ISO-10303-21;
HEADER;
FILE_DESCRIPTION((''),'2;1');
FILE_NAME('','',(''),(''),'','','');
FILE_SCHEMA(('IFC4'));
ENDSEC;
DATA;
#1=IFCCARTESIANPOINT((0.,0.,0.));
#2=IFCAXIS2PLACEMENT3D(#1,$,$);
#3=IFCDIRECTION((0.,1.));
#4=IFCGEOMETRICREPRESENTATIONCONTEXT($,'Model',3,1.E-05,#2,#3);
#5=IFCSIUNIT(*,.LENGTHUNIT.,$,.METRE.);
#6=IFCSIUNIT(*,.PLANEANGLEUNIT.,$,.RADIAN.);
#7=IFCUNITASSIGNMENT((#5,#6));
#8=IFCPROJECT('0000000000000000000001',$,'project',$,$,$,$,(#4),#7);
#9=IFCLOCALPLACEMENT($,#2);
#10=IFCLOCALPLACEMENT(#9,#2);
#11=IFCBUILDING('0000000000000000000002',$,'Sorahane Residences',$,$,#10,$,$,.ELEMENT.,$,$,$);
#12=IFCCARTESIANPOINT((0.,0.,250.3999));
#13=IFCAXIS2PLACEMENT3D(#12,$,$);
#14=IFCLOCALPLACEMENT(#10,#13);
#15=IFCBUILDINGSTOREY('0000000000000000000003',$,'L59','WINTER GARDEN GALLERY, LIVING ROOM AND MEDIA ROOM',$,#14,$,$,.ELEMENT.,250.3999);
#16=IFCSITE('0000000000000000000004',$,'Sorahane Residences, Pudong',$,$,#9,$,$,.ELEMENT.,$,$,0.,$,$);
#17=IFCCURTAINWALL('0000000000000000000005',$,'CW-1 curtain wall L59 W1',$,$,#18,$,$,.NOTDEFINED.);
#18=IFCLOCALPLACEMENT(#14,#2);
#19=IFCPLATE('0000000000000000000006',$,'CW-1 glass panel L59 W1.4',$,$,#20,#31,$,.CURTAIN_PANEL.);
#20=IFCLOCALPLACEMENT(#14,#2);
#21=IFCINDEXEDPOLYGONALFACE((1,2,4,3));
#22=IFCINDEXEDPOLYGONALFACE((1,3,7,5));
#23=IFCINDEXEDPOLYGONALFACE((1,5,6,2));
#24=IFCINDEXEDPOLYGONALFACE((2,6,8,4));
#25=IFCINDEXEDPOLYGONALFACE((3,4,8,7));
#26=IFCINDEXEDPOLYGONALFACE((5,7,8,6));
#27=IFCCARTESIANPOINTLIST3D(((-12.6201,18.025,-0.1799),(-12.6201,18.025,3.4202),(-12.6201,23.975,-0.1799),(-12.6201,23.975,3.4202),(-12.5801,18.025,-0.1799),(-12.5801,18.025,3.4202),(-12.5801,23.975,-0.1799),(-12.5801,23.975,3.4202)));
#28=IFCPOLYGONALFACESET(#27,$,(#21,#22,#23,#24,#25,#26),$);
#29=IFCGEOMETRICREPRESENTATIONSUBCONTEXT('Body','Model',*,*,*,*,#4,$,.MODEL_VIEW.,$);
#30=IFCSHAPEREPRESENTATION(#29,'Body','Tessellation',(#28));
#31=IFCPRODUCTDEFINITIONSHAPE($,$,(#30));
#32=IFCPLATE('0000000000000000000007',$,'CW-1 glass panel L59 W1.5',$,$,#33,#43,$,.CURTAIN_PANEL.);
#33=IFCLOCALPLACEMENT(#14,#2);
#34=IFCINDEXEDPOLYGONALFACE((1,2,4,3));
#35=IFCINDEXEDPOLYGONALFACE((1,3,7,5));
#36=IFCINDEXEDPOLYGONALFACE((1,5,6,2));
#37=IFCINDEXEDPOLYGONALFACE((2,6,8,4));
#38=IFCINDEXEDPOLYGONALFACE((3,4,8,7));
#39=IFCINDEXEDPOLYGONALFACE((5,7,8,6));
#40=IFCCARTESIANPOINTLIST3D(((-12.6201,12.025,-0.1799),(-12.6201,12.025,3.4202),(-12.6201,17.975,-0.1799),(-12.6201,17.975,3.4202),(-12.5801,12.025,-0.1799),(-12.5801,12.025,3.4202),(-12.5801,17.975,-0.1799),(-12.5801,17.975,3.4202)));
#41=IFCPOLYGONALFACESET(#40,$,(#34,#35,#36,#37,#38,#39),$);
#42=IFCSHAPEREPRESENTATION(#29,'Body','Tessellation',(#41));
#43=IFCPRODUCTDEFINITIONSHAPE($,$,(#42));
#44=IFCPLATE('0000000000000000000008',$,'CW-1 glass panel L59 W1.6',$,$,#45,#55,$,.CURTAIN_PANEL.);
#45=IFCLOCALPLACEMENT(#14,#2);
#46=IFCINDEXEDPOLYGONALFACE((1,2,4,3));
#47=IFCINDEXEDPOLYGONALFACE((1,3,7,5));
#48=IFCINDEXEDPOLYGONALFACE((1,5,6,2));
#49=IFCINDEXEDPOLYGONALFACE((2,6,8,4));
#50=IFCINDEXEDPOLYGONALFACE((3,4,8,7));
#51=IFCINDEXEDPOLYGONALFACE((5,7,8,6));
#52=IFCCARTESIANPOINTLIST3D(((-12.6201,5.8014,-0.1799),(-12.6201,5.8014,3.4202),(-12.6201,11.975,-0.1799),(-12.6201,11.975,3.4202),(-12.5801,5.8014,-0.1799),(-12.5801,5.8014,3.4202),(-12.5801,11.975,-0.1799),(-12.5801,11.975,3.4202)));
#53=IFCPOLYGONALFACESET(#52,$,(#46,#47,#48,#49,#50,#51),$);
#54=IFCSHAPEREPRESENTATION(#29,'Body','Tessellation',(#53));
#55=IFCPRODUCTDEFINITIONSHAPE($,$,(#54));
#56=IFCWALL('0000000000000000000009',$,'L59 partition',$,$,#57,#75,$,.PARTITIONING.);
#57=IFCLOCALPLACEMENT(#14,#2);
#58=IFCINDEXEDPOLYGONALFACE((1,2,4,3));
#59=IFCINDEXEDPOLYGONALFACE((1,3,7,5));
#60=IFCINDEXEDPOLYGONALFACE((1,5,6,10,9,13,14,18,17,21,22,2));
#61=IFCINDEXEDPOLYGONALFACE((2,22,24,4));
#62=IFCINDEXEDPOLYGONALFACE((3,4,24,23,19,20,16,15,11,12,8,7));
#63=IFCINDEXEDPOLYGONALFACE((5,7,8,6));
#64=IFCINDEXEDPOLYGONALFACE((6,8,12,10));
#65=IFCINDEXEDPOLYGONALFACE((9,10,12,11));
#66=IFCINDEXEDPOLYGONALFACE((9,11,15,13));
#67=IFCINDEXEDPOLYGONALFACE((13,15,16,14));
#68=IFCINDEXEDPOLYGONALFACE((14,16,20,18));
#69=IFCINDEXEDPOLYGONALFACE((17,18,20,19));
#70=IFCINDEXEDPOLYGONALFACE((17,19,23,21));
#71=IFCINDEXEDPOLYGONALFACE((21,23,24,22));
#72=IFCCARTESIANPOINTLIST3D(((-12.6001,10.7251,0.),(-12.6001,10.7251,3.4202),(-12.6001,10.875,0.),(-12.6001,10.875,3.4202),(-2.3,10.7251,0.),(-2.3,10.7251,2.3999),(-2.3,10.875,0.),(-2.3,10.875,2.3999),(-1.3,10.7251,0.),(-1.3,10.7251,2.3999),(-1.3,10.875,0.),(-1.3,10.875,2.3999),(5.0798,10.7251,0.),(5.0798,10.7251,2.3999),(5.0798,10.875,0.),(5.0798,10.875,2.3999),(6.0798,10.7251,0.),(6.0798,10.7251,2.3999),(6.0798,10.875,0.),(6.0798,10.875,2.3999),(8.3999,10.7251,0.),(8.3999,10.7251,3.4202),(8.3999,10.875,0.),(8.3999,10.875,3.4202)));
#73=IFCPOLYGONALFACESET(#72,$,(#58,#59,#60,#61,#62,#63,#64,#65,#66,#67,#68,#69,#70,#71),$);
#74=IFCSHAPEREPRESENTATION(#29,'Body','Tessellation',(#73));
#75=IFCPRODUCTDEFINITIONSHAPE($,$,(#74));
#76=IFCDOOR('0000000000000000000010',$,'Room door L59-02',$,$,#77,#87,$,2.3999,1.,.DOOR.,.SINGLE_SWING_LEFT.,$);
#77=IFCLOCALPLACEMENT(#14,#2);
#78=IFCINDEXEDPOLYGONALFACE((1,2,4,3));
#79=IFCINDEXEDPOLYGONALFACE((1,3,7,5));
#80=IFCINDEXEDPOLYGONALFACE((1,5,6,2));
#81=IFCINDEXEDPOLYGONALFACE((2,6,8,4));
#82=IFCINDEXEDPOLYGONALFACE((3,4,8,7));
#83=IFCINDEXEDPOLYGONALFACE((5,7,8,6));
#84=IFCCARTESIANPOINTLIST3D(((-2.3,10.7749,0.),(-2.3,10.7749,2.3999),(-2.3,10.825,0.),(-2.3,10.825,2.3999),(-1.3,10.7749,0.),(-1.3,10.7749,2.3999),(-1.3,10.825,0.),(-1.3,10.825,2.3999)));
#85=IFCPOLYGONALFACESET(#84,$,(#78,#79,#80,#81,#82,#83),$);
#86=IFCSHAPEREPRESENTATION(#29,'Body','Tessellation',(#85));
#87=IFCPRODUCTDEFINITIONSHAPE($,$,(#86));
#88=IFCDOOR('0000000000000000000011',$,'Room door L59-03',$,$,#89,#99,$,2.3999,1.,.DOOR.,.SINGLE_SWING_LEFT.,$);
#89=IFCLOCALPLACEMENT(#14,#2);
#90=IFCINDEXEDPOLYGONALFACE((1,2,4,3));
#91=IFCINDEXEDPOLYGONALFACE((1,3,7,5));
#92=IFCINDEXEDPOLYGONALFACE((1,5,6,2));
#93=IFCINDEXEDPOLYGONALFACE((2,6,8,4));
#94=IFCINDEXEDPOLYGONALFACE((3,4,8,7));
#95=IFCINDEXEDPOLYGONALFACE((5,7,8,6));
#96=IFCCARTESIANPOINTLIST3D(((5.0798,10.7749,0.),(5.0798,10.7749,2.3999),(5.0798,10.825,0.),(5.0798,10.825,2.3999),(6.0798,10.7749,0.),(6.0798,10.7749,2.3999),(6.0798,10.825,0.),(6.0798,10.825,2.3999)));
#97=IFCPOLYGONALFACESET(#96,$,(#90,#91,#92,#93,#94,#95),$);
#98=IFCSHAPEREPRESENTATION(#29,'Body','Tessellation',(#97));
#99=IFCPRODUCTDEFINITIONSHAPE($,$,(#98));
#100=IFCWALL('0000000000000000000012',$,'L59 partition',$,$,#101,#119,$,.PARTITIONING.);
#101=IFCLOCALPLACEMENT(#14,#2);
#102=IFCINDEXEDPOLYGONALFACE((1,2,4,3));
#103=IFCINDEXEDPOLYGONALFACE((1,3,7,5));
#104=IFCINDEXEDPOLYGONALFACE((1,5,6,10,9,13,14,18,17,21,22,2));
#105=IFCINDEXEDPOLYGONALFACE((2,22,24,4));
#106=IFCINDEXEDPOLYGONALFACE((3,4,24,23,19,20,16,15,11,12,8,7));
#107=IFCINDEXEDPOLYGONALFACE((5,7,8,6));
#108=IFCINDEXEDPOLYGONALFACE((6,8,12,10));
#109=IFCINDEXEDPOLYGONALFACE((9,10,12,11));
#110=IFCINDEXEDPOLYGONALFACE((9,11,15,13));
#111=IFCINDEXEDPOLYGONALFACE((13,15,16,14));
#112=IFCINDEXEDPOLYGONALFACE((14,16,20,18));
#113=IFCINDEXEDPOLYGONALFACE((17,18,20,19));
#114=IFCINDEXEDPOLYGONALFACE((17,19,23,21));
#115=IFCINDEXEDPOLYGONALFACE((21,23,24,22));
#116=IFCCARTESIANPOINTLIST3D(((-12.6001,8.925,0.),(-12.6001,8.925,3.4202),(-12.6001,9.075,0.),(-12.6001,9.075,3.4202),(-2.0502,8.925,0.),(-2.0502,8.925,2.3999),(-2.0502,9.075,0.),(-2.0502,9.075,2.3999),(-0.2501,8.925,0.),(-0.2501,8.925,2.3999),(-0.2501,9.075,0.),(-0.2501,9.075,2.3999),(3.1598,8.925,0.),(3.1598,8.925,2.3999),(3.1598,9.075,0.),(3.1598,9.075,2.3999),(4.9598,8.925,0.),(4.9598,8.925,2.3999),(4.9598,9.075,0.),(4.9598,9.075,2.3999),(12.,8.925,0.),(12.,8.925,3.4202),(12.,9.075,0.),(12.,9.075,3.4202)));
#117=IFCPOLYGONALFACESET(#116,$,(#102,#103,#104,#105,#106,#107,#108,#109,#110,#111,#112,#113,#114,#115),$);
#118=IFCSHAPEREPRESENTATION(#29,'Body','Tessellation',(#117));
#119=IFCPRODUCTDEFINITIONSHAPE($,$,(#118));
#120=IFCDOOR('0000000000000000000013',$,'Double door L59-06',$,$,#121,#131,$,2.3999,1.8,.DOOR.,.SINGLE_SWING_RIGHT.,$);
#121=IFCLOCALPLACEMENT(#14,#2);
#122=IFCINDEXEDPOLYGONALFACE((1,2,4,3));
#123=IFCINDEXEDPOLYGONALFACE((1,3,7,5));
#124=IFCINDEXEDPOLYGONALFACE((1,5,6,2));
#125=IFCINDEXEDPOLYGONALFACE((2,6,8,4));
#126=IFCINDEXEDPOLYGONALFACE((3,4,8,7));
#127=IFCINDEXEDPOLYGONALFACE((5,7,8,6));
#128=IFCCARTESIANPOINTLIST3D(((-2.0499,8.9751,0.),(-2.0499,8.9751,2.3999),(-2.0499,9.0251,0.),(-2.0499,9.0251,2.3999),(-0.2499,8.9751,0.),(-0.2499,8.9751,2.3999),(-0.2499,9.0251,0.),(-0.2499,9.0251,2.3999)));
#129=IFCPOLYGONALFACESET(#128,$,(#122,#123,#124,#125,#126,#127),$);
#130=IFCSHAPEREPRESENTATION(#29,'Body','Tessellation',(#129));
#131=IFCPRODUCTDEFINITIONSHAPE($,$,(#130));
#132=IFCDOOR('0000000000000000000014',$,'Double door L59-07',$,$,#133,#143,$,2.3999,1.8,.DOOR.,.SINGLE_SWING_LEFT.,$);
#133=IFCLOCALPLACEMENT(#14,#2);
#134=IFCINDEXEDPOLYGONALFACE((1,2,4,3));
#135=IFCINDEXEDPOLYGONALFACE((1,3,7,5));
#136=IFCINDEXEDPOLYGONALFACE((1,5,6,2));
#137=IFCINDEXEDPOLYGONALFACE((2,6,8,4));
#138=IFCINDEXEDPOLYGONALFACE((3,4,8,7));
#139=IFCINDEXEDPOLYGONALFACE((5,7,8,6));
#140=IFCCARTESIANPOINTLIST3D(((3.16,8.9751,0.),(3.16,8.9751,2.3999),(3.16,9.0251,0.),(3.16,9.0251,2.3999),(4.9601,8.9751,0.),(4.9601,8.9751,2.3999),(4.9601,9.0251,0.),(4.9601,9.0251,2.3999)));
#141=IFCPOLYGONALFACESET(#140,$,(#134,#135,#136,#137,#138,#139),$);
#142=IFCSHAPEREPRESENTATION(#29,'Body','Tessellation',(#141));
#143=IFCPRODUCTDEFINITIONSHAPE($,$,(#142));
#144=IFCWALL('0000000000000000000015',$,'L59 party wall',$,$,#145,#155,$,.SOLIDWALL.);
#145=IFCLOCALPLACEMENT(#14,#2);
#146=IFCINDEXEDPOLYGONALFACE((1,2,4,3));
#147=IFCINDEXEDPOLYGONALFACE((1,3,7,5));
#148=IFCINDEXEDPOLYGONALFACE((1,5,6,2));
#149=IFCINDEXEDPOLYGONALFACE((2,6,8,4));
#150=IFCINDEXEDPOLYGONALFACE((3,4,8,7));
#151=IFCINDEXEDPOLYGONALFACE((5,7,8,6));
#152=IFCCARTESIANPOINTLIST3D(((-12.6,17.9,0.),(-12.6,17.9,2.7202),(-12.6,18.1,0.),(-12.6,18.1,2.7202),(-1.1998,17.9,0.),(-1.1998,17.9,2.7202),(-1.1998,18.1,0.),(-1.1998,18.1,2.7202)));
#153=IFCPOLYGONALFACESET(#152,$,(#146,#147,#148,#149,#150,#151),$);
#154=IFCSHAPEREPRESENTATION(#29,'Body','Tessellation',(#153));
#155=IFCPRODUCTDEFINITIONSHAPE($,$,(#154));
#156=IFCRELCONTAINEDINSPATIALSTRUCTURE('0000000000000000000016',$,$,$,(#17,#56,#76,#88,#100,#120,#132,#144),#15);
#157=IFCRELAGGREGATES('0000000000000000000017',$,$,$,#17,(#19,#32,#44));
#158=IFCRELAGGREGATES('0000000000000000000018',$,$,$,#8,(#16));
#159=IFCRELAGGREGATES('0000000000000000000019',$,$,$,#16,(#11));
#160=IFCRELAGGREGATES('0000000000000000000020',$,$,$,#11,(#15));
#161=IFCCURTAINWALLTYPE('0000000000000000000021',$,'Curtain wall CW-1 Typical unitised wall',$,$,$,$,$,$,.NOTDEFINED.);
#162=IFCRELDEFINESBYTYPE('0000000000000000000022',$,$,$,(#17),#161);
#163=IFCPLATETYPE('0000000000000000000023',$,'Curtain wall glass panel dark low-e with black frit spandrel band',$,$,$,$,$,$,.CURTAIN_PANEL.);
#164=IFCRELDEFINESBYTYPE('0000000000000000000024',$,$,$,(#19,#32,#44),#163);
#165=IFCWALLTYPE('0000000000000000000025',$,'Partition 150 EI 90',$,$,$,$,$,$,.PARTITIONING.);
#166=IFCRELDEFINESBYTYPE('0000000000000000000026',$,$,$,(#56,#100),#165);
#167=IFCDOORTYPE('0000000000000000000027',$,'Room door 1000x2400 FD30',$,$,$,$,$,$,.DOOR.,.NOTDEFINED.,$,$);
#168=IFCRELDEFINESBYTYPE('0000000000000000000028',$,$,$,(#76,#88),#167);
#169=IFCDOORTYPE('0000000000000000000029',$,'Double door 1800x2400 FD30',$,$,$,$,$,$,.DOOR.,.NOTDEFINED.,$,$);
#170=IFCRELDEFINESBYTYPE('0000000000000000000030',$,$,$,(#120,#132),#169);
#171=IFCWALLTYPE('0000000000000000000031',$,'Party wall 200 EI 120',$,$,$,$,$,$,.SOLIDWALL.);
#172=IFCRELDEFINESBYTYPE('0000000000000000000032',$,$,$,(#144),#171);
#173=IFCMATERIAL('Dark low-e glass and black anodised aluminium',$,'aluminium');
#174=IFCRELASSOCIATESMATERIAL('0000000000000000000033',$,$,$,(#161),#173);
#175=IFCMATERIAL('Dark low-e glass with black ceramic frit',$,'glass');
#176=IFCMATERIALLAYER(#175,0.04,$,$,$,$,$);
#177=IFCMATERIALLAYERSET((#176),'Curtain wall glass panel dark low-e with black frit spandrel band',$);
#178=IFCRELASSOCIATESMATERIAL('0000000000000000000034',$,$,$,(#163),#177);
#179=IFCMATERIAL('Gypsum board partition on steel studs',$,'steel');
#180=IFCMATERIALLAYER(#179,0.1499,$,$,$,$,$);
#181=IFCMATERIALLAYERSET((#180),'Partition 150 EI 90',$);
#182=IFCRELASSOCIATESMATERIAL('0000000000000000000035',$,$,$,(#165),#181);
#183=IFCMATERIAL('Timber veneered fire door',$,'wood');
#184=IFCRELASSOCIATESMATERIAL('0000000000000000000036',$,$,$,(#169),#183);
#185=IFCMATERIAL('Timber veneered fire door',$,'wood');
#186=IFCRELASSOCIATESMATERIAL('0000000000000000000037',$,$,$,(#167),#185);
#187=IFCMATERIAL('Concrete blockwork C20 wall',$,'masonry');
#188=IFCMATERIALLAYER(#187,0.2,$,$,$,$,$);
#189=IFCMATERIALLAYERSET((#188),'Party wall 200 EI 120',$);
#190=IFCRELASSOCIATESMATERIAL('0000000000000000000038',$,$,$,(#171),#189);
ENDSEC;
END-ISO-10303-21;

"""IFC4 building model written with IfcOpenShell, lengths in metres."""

from ifc_helpers import new_model, si_unit, direction, frame, frame_2d, origin, origin_2d, place, context, subcontext, project, spatial, rectangle, extrude, material, layer, layer_set, type_object, element, fill, aggregate, save


model = new_model("IFC4")

# Units and contexts
model_context = context("Model", 3, precision=1e-05, world=origin(), true_north=direction((0.0, 1.0)))
body_context = subcontext(model_context, "Body", "Model", "MODEL_VIEW")
ifc_project = project(units=[si_unit("LENGTHUNIT", "METRE"), si_unit("PLANEANGLEUNIT", "RADIAN")], contexts=[model_context])

# Site, building, storey
site_placement = place(None, origin())
site = spatial("IfcSite", under=ifc_project, at=site_placement, Name="Sorahane Residences, Pudong", CompositionType="ELEMENT", RefElevation=0.0)
building_placement = place(site_placement, origin())
building = spatial("IfcBuilding", under=site, at=building_placement, Name="Sorahane Residences", CompositionType="ELEMENT")
storey_placement = place(building_placement, frame((0.0, 0.0, 250.3999)))
storey = spatial("IfcBuildingStorey", under=building, at=storey_placement, Name="L59", Description="WINTER GARDEN GALLERY, LIVING ROOM AND MEDIA ROOM", CompositionType="ELEMENT", Elevation=250.3999)

# Curtain wall
ifc_material_1 = material(Name="Dark low-e glass and black anodised aluminium", Category="aluminium")
curtain_wall_type = type_object("IfcCurtainWallType", Name="Curtain wall CW-1 Typical unitised wall", PredefinedType="NOTDEFINED", material=ifc_material_1)
curtain_wall_placement = place(storey_placement, origin())
curtain_wall = element("IfcCurtainWall", 1, at=curtain_wall_placement, inside=storey, type_object=curtain_wall_type, Name="CW-1 curtain wall L59 W1", PredefinedType="NOTDEFINED")

# Plates
ifc_material_2 = material(Name="Dark low-e glass with black ceramic frit", Category="glass")
ifc_layer_1 = layer(ifc_material_2, 0.04)
ifc_layer_set_1 = layer_set([ifc_layer_1], Name="Curtain wall glass panel dark low-e with black frit spandrel band")
plate_type = type_object("IfcPlateType", Name="Curtain wall glass panel dark low-e with black frit spandrel band", PredefinedType="CURTAIN_PANEL", material=ifc_layer_set_1)
plate_1_placement = place(storey_placement, frame((-12.6001, 21.0, -0.1799), z_axis=(0.0, 0.0, 1.0), x_axis=(0.0, -1.0, 0.0)))
plate_1 = element("IfcPlate", 2, at=plate_1_placement, type_object=plate_type, Name="CW-1 glass panel L59 W1.4", PredefinedType="CURTAIN_PANEL", context=body_context, shape_type="SweptSolid", body=[
    extrude(rectangle(XDim=5.95, YDim=0.04, at=origin_2d()), origin(), (0.0, 0.0, 1.0), 3.6001),
])
plate_2_placement = place(storey_placement, frame((-12.6001, 15.0, -0.1799), z_axis=(0.0, 0.0, 1.0), x_axis=(0.0, -1.0, 0.0)))
plate_2 = element("IfcPlate", 3, at=plate_2_placement, type_object=plate_type, Name="CW-1 glass panel L59 W1.5", PredefinedType="CURTAIN_PANEL", context=body_context, shape_type="SweptSolid", body=[
    extrude(rectangle(XDim=5.95, YDim=0.04, at=origin_2d()), origin(), (0.0, 0.0, 1.0), 3.6001),
])
plate_3_placement = place(storey_placement, frame((-12.6001, 8.8882, -0.1799), z_axis=(0.0, 0.0, 1.0), x_axis=(0.0, -1.0, 0.0)))
plate_3 = element("IfcPlate", 4, at=plate_3_placement, type_object=plate_type, Name="CW-1 glass panel L59 W1.6", PredefinedType="CURTAIN_PANEL", context=body_context, shape_type="SweptSolid", body=[
    extrude(rectangle(XDim=6.1736, YDim=0.04, at=origin_2d()), origin(), (0.0, 0.0, 1.0), 3.6001),
])
aggregate(curtain_wall, [plate_1, plate_2, plate_3])

# Walls, openings, doors
ifc_material_3 = material(Name="Gypsum board partition on steel studs", Category="steel")
ifc_layer_2 = layer(ifc_material_3, 0.1499)
ifc_layer_set_2 = layer_set([ifc_layer_2], Name="Partition 150 EI 90")
wall_type_1 = type_object("IfcWallType", Name="Partition 150 EI 90", PredefinedType="PARTITIONING", material=ifc_layer_set_2)
ifc_material_4 = material(Name="Timber veneered fire door", Category="wood")
door_type_1 = type_object("IfcDoorType", Name="Double door 1800x2400 FD30", OperationType="NOTDEFINED", PredefinedType="DOOR", material=ifc_material_4)
ifc_material_5 = material(Name="Timber veneered fire door", Category="wood")
door_type_2 = type_object("IfcDoorType", Name="Room door 1000x2400 FD30", OperationType="NOTDEFINED", PredefinedType="DOOR", material=ifc_material_5)
wall_1_placement = place(storey_placement, frame((-12.6001, 10.8, 0.0), z_axis=(0.0, 0.0, 1.0), x_axis=(1.0, 0.0, 0.0)))
wall_1 = element("IfcWall", 5, at=wall_1_placement, inside=storey, type_object=wall_type_1, Name="L59 partition", PredefinedType="PARTITIONING", context=body_context, shape_type="SweptSolid", body=[
    extrude(rectangle(XDim=21.0, YDim=0.1499, at=frame_2d((10.5, 0.0))), origin(), (0.0, 0.0, 1.0), 3.4202),
])
opening_1_placement = place(wall_1_placement, frame((10.3, 0.0, 0.0)))
opening_1 = element("IfcOpeningElement", 6, at=opening_1_placement, cuts=wall_1, PredefinedType="OPENING", context=body_context, shape_type="SweptSolid", body=[
    extrude(rectangle(XDim=1.0, YDim=2.3999, at=frame_2d((0.5, 1.2))), frame((0.0, 0.085, 0.0), z_axis=(0.0, -1.0, 0.0), x_axis=(1.0, 0.0, 0.0)), (0.0, 0.0, 1.0), 0.1699),
])
opening_2_placement = place(wall_1_placement, frame((17.6799, 0.0, 0.0)))
opening_2 = element("IfcOpeningElement", 7, at=opening_2_placement, cuts=wall_1, PredefinedType="OPENING", context=body_context, shape_type="SweptSolid", body=[
    extrude(rectangle(XDim=1.0, YDim=2.3999, at=frame_2d((0.5, 1.2))), frame((0.0, 0.085, 0.0), z_axis=(0.0, -1.0, 0.0), x_axis=(1.0, 0.0, 0.0)), (0.0, 0.0, 1.0), 0.1699),
])
door_1_placement = place(opening_1_placement, origin())
door_1 = element("IfcDoor", 8, at=door_1_placement, inside=storey, type_object=door_type_2, Name="Room door L59-02", OperationType="SINGLE_SWING_LEFT", OverallHeight=2.3999, OverallWidth=1.0, PredefinedType="DOOR", context=body_context, shape_type="SweptSolid", body=[
    extrude(rectangle(XDim=1.0, YDim=2.3999, at=frame_2d((0.5, 1.2))), frame((0.0, 0.0249, 0.0), z_axis=(0.0, -1.0, 0.0), x_axis=(1.0, 0.0, 0.0)), (0.0, 0.0, 1.0), 0.05),
])
fill(opening_1, door_1)
door_2_placement = place(opening_2_placement, origin())
door_2 = element("IfcDoor", 9, at=door_2_placement, inside=storey, type_object=door_type_2, Name="Room door L59-03", OperationType="SINGLE_SWING_LEFT", OverallHeight=2.3999, OverallWidth=1.0, PredefinedType="DOOR", context=body_context, shape_type="SweptSolid", body=[
    extrude(rectangle(XDim=1.0, YDim=2.3999, at=frame_2d((0.5, 1.2))), frame((0.0, 0.0249, 0.0), z_axis=(0.0, -1.0, 0.0), x_axis=(1.0, 0.0, 0.0)), (0.0, 0.0, 1.0), 0.05),
])
fill(opening_2, door_2)
wall_2_placement = place(storey_placement, frame((-12.6001, 9.0, 0.0), z_axis=(0.0, 0.0, 1.0), x_axis=(1.0, 0.0, 0.0)))
wall_2 = element("IfcWall", 10, at=wall_2_placement, inside=storey, type_object=wall_type_1, Name="L59 partition", PredefinedType="PARTITIONING", context=body_context, shape_type="SweptSolid", body=[
    extrude(rectangle(XDim=24.6001, YDim=0.1499, at=frame_2d((12.3, 0.0))), origin(), (0.0, 0.0, 1.0), 3.4202),
])
opening_3_placement = place(wall_2_placement, frame((10.55, 0.0, 0.0)))
opening_3 = element("IfcOpeningElement", 11, at=opening_3_placement, cuts=wall_2, PredefinedType="OPENING", context=body_context, shape_type="SweptSolid", body=[
    extrude(rectangle(XDim=1.8, YDim=2.3999, at=frame_2d((0.8999, 1.2))), frame((0.0, 0.085, 0.0), z_axis=(0.0, -1.0, 0.0), x_axis=(1.0, 0.0, 0.0)), (0.0, 0.0, 1.0), 0.1699),
])
opening_4_placement = place(wall_2_placement, frame((15.76, 0.0, 0.0)))
opening_4 = element("IfcOpeningElement", 12, at=opening_4_placement, cuts=wall_2, PredefinedType="OPENING", context=body_context, shape_type="SweptSolid", body=[
    extrude(rectangle(XDim=1.8, YDim=2.3999, at=frame_2d((0.8999, 1.2))), frame((0.0, 0.085, 0.0), z_axis=(0.0, -1.0, 0.0), x_axis=(1.0, 0.0, 0.0)), (0.0, 0.0, 1.0), 0.1699),
])
door_3_placement = place(opening_3_placement, frame((1.8, 0.0, 0.0), z_axis=(0.0, 0.0, 1.0), x_axis=(-1.0, 0.0, 0.0)))
door_3 = element("IfcDoor", 13, at=door_3_placement, inside=storey, type_object=door_type_1, Name="Double door L59-06", OperationType="SINGLE_SWING_RIGHT", OverallHeight=2.3999, OverallWidth=1.8, PredefinedType="DOOR", context=body_context, shape_type="SweptSolid", body=[
    extrude(rectangle(XDim=1.8, YDim=2.3999, at=frame_2d((0.8999, 1.2))), frame((0.0, 0.0249, 0.0), z_axis=(0.0, -1.0, 0.0), x_axis=(1.0, 0.0, 0.0)), (0.0, 0.0, 1.0), 0.05),
])
fill(opening_3, door_3)
door_4_placement = place(opening_4_placement, frame((1.8, 0.0, 0.0), z_axis=(0.0, 0.0, 1.0), x_axis=(-1.0, 0.0, 0.0)))
door_4 = element("IfcDoor", 14, at=door_4_placement, inside=storey, type_object=door_type_1, Name="Double door L59-07", OperationType="SINGLE_SWING_LEFT", OverallHeight=2.3999, OverallWidth=1.8, PredefinedType="DOOR", context=body_context, shape_type="SweptSolid", body=[
    extrude(rectangle(XDim=1.8, YDim=2.3999, at=frame_2d((0.8999, 1.2))), frame((0.0, 0.0249, 0.0), z_axis=(0.0, -1.0, 0.0), x_axis=(1.0, 0.0, 0.0)), (0.0, 0.0, 1.0), 0.05),
])
fill(opening_4, door_4)

# Wall
ifc_material_6 = material(Name="Concrete blockwork C20 wall", Category="masonry")
ifc_layer_3 = layer(ifc_material_6, 0.2)
ifc_layer_set_3 = layer_set([ifc_layer_3], Name="Party wall 200 EI 120")
wall_type_2 = type_object("IfcWallType", Name="Party wall 200 EI 120", PredefinedType="SOLIDWALL", material=ifc_layer_set_3)
wall_3_placement = place(storey_placement, frame((-12.6001, 18.0, 0.0), z_axis=(0.0, 0.0, 1.0), x_axis=(1.0, 0.0, 0.0)))
element("IfcWall", 15, at=wall_3_placement, inside=storey, type_object=wall_type_2, Name="L59 party wall", PredefinedType="SOLIDWALL", context=body_context, shape_type="SweptSolid", body=[
    extrude(rectangle(XDim=11.4001, YDim=0.2, at=frame_2d((5.7002, 0.0))), origin(), (0.0, 0.0, 1.0), 2.7202),
])

save(model, "model.ifc")
